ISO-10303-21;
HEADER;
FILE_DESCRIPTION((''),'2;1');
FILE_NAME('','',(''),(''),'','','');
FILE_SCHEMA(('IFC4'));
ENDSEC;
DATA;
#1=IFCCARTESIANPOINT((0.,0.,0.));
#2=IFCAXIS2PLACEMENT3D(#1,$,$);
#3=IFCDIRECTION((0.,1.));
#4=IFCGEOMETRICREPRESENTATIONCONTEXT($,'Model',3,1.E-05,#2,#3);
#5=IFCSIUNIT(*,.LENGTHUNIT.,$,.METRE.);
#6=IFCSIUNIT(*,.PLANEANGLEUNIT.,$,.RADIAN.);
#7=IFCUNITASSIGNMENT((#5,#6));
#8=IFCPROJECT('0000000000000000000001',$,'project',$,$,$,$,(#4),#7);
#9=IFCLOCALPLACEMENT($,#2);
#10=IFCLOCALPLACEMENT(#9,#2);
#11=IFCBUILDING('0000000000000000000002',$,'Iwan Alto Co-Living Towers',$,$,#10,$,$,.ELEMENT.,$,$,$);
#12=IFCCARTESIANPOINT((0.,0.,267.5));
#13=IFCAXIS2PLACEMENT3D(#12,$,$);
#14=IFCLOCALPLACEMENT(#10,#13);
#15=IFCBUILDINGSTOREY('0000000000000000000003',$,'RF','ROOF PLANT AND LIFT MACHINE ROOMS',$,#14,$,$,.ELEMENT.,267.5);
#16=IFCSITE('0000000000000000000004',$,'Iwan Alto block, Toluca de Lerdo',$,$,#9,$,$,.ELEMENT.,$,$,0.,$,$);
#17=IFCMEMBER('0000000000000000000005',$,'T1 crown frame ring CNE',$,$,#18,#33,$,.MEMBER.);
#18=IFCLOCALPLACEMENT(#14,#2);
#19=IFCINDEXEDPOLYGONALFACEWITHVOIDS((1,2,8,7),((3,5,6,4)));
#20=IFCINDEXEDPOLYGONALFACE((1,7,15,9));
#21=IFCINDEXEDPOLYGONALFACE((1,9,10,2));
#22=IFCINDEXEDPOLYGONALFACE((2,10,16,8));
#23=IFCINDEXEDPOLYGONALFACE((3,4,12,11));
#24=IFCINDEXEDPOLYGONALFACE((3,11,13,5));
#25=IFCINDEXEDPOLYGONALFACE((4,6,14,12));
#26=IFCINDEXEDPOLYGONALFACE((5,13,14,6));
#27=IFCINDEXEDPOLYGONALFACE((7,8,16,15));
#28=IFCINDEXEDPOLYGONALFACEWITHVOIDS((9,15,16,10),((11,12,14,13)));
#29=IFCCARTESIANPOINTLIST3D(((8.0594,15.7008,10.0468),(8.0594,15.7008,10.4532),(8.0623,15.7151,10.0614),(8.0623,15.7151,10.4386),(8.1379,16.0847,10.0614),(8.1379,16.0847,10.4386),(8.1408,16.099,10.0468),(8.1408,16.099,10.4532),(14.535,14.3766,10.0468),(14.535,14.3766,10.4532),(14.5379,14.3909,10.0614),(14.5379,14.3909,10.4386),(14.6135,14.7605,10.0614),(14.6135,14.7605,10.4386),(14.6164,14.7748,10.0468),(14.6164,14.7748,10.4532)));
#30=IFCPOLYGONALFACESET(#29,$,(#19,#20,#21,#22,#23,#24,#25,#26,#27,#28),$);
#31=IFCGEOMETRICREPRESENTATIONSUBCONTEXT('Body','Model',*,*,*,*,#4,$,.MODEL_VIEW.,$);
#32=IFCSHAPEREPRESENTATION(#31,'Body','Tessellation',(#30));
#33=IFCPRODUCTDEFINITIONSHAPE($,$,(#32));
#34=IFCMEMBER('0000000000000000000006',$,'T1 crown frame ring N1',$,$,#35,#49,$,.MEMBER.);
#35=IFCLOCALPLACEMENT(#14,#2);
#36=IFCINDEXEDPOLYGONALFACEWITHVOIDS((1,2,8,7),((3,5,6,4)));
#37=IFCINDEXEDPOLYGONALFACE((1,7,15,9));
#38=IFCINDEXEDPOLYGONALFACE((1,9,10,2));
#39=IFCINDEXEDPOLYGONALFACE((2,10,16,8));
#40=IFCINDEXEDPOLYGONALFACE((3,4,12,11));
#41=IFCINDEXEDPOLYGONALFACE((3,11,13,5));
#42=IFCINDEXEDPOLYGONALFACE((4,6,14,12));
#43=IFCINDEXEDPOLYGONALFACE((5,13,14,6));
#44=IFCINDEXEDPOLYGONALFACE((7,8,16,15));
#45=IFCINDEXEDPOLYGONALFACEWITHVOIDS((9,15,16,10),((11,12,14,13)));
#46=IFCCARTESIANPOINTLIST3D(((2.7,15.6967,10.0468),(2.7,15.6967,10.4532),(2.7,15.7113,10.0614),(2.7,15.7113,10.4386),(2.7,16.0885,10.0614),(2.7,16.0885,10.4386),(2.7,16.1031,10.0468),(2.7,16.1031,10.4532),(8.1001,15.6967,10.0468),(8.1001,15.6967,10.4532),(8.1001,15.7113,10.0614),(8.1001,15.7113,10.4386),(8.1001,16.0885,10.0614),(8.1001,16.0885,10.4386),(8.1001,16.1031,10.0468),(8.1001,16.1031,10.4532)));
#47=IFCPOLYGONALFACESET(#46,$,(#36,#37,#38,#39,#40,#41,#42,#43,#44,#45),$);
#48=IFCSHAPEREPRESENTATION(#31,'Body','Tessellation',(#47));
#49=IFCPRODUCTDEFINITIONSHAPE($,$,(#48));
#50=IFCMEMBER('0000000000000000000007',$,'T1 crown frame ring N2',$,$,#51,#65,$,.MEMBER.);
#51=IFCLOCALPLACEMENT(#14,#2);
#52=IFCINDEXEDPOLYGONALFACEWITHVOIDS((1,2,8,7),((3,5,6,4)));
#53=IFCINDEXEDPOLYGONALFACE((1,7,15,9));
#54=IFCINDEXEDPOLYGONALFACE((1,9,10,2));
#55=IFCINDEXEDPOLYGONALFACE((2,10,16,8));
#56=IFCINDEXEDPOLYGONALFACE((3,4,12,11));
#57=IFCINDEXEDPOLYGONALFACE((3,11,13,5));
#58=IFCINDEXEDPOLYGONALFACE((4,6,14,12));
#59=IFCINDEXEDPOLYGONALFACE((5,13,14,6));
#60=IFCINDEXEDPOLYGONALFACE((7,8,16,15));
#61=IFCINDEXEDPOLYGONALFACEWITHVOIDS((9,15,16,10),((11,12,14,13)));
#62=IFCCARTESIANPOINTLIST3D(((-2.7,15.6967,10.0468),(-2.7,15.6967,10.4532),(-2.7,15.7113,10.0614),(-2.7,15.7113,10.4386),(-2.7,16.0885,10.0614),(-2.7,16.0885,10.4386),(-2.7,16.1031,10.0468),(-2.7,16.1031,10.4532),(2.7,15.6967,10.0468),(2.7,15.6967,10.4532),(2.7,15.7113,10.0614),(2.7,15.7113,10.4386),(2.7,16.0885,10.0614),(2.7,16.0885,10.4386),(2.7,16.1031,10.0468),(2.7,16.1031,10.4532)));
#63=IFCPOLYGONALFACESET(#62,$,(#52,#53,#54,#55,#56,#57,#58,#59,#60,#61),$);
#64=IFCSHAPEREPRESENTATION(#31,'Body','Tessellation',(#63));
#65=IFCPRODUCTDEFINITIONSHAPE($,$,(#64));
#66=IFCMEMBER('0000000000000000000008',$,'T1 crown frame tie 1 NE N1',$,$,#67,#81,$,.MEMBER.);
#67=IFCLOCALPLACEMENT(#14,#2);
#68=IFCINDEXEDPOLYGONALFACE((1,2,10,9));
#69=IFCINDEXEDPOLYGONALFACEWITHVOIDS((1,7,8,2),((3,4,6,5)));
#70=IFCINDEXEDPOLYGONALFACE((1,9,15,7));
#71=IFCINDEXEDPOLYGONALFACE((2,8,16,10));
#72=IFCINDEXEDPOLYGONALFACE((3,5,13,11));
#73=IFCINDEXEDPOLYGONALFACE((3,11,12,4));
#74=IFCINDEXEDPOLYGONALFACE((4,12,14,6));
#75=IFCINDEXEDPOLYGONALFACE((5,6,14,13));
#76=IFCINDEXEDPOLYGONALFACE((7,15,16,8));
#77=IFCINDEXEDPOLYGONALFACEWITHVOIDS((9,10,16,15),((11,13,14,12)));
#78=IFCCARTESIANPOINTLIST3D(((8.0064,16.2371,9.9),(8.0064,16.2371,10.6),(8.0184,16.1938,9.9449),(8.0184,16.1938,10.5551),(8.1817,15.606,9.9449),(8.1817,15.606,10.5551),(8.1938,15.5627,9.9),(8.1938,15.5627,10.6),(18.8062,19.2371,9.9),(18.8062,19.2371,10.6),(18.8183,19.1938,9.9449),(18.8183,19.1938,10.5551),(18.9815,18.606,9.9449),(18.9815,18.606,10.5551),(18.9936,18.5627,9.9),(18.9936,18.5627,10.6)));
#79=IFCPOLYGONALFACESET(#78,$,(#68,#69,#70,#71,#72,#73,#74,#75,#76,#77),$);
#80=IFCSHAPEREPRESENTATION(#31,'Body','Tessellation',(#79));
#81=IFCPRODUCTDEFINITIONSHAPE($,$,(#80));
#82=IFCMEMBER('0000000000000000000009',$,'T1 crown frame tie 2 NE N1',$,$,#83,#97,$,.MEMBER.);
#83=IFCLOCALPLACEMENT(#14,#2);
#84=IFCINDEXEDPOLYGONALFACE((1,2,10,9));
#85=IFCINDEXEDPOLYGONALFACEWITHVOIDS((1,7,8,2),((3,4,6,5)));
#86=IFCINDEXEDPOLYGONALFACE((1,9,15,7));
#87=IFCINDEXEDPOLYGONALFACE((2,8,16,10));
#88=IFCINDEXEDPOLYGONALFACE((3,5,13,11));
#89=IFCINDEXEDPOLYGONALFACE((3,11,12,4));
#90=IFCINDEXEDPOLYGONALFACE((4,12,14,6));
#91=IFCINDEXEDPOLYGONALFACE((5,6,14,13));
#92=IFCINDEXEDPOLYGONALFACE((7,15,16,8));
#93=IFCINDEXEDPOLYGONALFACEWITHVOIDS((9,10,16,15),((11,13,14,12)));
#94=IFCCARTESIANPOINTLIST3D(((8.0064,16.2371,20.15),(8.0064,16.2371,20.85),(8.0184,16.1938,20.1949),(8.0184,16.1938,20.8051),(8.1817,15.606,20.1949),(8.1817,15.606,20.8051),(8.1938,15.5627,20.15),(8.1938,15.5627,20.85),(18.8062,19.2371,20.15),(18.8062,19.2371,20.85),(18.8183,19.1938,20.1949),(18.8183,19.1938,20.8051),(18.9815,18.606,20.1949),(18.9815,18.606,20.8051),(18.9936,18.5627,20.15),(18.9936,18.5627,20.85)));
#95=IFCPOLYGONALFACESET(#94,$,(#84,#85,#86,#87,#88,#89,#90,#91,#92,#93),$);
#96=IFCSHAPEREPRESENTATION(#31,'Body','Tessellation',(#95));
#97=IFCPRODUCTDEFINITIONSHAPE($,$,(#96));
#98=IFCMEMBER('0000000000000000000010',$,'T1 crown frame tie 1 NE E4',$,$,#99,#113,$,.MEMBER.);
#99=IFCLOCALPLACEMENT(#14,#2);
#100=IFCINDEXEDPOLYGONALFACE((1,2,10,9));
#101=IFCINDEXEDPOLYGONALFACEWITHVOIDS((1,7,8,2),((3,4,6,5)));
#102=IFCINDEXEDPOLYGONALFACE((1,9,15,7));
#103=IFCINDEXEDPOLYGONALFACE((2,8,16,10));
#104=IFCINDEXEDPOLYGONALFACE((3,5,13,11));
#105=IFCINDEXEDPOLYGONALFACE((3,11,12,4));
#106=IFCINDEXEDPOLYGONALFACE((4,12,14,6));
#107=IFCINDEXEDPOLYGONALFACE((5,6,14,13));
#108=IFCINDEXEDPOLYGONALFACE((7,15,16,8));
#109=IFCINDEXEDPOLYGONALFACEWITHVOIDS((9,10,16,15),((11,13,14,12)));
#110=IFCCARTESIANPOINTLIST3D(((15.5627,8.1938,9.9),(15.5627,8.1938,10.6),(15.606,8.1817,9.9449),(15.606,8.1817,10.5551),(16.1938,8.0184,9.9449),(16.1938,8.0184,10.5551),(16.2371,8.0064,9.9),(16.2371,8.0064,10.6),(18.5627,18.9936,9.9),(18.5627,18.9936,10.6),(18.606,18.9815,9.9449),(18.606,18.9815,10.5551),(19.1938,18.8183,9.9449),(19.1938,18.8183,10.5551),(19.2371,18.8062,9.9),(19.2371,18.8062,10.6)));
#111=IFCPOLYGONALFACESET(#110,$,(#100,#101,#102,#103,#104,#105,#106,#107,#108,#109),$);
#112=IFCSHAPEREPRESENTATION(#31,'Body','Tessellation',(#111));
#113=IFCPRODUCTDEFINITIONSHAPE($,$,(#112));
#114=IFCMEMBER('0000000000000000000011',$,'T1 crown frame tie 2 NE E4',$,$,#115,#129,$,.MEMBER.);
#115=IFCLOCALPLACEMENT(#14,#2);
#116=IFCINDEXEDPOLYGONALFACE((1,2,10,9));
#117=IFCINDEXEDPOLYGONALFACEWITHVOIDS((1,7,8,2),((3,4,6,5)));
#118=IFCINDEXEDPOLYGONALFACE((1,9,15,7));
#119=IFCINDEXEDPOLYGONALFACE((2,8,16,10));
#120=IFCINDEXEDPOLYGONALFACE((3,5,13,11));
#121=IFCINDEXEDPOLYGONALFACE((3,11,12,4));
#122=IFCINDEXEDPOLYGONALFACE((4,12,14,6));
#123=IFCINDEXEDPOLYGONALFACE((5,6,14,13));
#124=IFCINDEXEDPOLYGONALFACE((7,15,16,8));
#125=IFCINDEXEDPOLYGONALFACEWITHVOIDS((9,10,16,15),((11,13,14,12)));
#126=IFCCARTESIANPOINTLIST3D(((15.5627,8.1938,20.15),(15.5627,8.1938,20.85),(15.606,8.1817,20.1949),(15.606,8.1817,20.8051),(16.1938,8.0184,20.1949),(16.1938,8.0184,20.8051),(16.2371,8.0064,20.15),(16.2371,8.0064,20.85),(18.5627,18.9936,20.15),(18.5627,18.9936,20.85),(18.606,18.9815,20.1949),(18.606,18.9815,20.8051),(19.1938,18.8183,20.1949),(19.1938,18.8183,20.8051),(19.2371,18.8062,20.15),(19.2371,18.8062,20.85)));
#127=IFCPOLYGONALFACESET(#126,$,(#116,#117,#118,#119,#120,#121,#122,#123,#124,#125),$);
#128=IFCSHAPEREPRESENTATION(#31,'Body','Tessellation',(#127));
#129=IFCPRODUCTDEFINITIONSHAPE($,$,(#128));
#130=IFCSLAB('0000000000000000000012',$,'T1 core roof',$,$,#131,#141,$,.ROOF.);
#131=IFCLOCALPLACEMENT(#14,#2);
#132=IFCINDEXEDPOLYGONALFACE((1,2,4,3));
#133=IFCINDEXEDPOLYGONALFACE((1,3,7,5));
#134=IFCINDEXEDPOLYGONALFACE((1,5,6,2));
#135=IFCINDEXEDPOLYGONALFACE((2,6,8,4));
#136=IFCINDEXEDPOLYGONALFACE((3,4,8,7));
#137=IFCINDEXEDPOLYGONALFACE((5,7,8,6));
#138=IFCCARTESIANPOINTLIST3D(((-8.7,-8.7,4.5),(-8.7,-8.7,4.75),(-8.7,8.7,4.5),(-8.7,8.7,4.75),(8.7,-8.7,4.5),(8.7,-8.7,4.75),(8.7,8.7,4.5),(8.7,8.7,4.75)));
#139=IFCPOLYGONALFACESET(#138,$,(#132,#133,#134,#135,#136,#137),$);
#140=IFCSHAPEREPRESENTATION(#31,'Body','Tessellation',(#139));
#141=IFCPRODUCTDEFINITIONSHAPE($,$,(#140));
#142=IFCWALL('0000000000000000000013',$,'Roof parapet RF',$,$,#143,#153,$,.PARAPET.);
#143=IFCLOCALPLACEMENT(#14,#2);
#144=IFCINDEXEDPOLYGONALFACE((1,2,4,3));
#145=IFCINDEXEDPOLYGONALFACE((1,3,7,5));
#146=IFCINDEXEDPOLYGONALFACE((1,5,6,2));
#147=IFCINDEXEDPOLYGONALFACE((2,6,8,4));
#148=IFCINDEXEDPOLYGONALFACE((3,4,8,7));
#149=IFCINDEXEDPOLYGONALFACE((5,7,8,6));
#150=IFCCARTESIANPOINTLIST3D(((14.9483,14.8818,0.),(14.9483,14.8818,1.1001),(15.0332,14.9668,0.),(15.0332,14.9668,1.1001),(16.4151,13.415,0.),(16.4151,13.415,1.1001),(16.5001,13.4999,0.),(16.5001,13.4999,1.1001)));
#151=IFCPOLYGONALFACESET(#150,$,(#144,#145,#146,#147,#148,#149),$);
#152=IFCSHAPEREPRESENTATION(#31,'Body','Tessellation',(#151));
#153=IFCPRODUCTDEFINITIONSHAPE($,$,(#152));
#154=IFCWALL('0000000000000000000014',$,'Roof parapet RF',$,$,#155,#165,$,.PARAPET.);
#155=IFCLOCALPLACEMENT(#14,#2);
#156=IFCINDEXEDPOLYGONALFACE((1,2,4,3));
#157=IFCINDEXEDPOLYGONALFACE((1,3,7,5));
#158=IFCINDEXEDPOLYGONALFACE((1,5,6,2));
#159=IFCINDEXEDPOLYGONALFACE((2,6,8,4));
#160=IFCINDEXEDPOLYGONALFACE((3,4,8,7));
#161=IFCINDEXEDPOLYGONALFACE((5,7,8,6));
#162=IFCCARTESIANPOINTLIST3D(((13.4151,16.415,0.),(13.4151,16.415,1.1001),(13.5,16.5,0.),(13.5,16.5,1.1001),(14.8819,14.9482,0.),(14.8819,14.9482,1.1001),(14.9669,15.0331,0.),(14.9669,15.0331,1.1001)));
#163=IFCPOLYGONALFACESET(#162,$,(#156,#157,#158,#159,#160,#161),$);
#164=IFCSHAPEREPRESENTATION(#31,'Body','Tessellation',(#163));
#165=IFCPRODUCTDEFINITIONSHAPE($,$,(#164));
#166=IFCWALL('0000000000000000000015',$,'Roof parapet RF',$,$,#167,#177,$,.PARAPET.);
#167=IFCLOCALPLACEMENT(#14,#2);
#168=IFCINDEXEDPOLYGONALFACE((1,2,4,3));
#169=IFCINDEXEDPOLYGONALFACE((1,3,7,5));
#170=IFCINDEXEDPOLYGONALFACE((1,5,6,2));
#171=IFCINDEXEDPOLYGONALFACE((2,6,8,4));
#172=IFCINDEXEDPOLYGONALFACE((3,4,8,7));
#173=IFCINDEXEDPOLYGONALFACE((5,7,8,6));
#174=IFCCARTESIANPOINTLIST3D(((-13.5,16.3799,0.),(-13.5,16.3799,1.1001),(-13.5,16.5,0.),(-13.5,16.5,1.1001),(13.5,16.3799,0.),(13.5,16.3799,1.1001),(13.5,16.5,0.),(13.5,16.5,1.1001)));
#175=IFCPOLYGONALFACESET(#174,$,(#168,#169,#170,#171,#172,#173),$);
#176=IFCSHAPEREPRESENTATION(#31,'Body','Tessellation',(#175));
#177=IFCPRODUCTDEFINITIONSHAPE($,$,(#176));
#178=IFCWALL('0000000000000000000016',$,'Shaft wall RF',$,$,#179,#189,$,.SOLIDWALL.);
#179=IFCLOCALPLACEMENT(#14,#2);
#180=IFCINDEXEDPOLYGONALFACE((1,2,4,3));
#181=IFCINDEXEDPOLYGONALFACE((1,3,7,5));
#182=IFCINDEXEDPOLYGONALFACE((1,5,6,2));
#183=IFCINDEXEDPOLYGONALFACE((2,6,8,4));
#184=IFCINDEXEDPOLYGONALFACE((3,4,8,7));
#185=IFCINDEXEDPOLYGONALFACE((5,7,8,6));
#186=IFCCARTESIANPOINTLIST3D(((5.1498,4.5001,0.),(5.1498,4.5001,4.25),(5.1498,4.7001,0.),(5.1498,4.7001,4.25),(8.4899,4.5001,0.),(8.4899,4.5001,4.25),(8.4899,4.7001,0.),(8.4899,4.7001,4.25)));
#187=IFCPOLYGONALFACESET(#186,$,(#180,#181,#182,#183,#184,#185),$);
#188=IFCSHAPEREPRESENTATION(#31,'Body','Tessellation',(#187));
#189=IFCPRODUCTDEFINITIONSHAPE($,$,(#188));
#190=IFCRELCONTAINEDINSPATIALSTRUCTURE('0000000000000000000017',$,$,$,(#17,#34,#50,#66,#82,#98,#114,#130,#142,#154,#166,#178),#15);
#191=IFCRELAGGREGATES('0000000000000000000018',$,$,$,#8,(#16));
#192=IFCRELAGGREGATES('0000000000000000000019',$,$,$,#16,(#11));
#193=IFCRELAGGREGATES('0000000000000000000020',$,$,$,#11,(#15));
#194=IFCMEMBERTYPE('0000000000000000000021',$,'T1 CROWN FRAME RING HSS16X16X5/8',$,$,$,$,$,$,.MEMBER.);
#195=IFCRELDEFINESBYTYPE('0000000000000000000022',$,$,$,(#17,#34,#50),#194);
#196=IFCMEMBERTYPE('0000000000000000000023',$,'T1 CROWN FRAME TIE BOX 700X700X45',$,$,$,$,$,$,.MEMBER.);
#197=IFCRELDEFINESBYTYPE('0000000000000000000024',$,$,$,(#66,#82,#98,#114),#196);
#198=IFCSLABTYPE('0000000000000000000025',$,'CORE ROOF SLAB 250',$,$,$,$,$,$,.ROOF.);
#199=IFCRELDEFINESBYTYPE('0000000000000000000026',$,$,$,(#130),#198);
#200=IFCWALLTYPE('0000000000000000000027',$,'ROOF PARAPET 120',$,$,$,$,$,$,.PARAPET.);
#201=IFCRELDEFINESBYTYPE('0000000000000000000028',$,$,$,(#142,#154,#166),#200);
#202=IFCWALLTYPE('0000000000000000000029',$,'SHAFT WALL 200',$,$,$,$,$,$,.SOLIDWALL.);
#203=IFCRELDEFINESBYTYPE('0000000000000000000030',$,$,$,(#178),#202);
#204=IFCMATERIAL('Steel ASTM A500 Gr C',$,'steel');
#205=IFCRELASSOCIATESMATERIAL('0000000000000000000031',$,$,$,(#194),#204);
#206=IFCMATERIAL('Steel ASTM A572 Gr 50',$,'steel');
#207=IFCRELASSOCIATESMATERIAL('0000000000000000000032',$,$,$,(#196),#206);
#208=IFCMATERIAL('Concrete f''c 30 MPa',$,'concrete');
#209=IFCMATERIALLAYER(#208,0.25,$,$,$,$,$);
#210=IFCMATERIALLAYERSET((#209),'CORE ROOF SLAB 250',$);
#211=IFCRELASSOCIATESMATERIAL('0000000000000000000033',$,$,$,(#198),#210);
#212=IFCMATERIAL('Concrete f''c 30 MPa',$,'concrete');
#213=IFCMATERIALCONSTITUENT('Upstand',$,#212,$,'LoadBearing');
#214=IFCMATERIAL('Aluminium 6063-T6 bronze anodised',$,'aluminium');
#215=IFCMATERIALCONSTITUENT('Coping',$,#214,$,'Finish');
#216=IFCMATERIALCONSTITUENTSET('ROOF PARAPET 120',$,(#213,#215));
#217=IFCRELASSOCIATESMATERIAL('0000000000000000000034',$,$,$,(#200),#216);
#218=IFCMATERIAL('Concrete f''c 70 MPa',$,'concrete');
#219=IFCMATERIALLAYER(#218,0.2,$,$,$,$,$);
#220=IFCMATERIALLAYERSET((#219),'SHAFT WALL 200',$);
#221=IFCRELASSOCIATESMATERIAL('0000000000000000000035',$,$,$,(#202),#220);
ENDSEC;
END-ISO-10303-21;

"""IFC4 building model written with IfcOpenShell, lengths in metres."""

from ifc_helpers import new_model, si_unit, direction, frame, frame_2d, origin, origin_2d, place, context, subcontext, project, spatial, polyline, rectangle, hollow_rectangle, outline, extrude, material, layer, layer_set, constituent, constituent_set, material_profile, profile_set, type_object, element, save


model = new_model("IFC4")

# Units and contexts
model_context = context("Model", 3, precision=1e-05, world=origin(), true_north=direction((0.0, 1.0)))
body_context = subcontext(model_context, "Body", "Model", "MODEL_VIEW")
ifc_project = project(units=[si_unit("LENGTHUNIT", "METRE"), si_unit("PLANEANGLEUNIT", "RADIAN")], contexts=[model_context])

# Site, building, storey
site_placement = place(None, origin())
site = spatial("IfcSite", under=ifc_project, at=site_placement, Name="Iwan Alto block, Toluca de Lerdo", CompositionType="ELEMENT", RefElevation=0.0)
building_placement = place(site_placement, origin())
building = spatial("IfcBuilding", under=site, at=building_placement, Name="Iwan Alto Co-Living Towers", CompositionType="ELEMENT")
storey_placement = place(building_placement, frame((0.0, 0.0, 267.5)))
storey = spatial("IfcBuildingStorey", under=building, at=storey_placement, Name="RF", Description="ROOF PLANT AND LIFT MACHINE ROOMS", CompositionType="ELEMENT", Elevation=267.5)

# Members
ifc_material_1 = material(Name="Steel ASTM A500 Gr C", Category="steel")
ifc_material_profile_1 = material_profile(ifc_material_1, hollow_rectangle(XDim=0.4065, YDim=0.4065, WallThickness=0.0146, at=origin_2d()), Name="HSS16X16X5/8")
ifc_profile_set_1 = profile_set([ifc_material_profile_1], Name="Steel ASTM A500 Gr C")
member_type_1 = type_object("IfcMemberType", Name="T1 CROWN FRAME RING HSS16X16X5/8", PredefinedType="MEMBER", material=ifc_profile_set_1)
for number, where, z_axis, x_axis, name in (
    (1, (14.5757, 14.5757, 10.25), (-0.979725, 0.200348, 0.0), (-0.200348, -0.979725, 0.0), "T1 crown frame ring CNE"),
):
    element("IfcMember", number, at=place(storey_placement, frame(where, z_axis=z_axis, x_axis=x_axis)), inside=storey, type_object=member_type_1, Name=name, PredefinedType="MEMBER", context=body_context, shape_type="SweptSolid", body=[
        extrude(hollow_rectangle(XDim=0.4065, YDim=0.4065, WallThickness=0.0146, at=origin_2d()), origin(), (0.0, 0.0, 1.0), 6.6096),
    ])
member_1_placement = place(storey_placement, frame((8.1001, 15.8999, 10.25), z_axis=(-1.0, 0.0, 0.0), x_axis=(0.0, -1.0, 0.0)))
element("IfcMember", 2, at=member_1_placement, inside=storey, type_object=member_type_1, Name="T1 crown frame ring N1", PredefinedType="MEMBER", context=body_context, shape_type="SweptSolid", body=[
    extrude(hollow_rectangle(XDim=0.4065, YDim=0.4065, WallThickness=0.0146, at=origin_2d()), origin(), (0.0, 0.0, 1.0), 5.4001),
])
member_2_placement = place(storey_placement, frame((2.7, 15.8999, 10.25), z_axis=(-1.0, 0.0, 0.0), x_axis=(0.0, -1.0, 0.0)))
element("IfcMember", 3, at=member_2_placement, inside=storey, type_object=member_type_1, Name="T1 crown frame ring N2", PredefinedType="MEMBER", context=body_context, shape_type="SweptSolid", body=[
    extrude(hollow_rectangle(XDim=0.4065, YDim=0.4065, WallThickness=0.0146, at=origin_2d()), origin(), (0.0, 0.0, 1.0), 5.3999),
])
ifc_material_2 = material(Name="Steel ASTM A572 Gr 50", Category="steel")
ifc_material_profile_2 = material_profile(ifc_material_2, hollow_rectangle(XDim=0.7, YDim=0.7, WallThickness=0.0449, at=origin_2d()), Name="BOX 700X700X45")
ifc_profile_set_2 = profile_set([ifc_material_profile_2], Name="Steel ASTM A572 Gr 50")
member_type_2 = type_object("IfcMemberType", Name="T1 CROWN FRAME TIE BOX 700X700X45", PredefinedType="MEMBER", material=ifc_profile_set_2)
for number, where, z_axis, x_axis, name in (
    (4, (18.8999, 18.8999, 10.25), (-0.963517, -0.267648, 0.0), (0.267648, -0.963517, 0.0), "T1 crown frame tie 1 NE N1"),
    (5, (18.8999, 18.8999, 20.5), (-0.963517, -0.267648, 0.0), (0.267648, -0.963517, 0.0), "T1 crown frame tie 2 NE N1"),
    (6, (18.8999, 18.8999, 10.25), (-0.267648, -0.963517, 0.0), (0.963517, -0.267648, 0.0), "T1 crown frame tie 1 NE E4"),
    (7, (18.8999, 18.8999, 20.5), (-0.267648, -0.963517, 0.0), (0.963517, -0.267648, 0.0), "T1 crown frame tie 2 NE E4"),
):
    element("IfcMember", number, at=place(storey_placement, frame(where, z_axis=z_axis, x_axis=x_axis)), inside=storey, type_object=member_type_2, Name=name, PredefinedType="MEMBER", context=body_context, shape_type="SweptSolid", body=[
        extrude(hollow_rectangle(XDim=0.7, YDim=0.7, WallThickness=0.0449, at=origin_2d()), origin(), (0.0, 0.0, 1.0), 11.2087),
    ])

# Slab
ifc_material_3 = material(Name="Concrete f'c 30 MPa", Category="concrete")
ifc_layer_1 = layer(ifc_material_3, 0.25)
ifc_layer_set_1 = layer_set([ifc_layer_1], Name="CORE ROOF SLAB 250")
slab_type = type_object("IfcSlabType", Name="CORE ROOF SLAB 250", PredefinedType="ROOF", material=ifc_layer_set_1)
slab_placement = place(storey_placement, frame((0.0, 0.0, 4.5)))
element("IfcSlab", 8, at=slab_placement, inside=storey, type_object=slab_type, Name="T1 core roof", PredefinedType="ROOF", context=body_context, shape_type="SweptSolid", body=[
    extrude(outline(polyline([(-8.7, -8.7), (8.7, -8.7), (8.7, 8.7), (-8.7, 8.7), (-8.7, -8.7)])), origin(), (0.0, 0.0, 1.0), 0.25),
])

# Walls
ifc_material_4 = material(Name="Concrete f'c 30 MPa", Category="concrete")
ifc_constituent_1 = constituent(ifc_material_4, Name="Upstand", Category="LoadBearing")
ifc_material_5 = material(Name="Aluminium 6063-T6 bronze anodised", Category="aluminium")
ifc_constituent_2 = constituent(ifc_material_5, Name="Coping", Category="Finish")
ifc_constituent_set = constituent_set(constituents=[ifc_constituent_1, ifc_constituent_2], Name="ROOF PARAPET 120")
wall_type_1 = type_object("IfcWallType", Name="ROOF PARAPET 120", PredefinedType="PARAPET", material=ifc_constituent_set)
for number, where, z_axis, x_axis, name in (
    (9, (16.4575, 13.4575, 0.0), (0.0, 0.0, 1.0), (-0.707107, 0.707107, 0.0), "Roof parapet RF"),
    (10, (14.9243, 14.9907, 0.0), (0.0, 0.0, 1.0), (-0.707107, 0.707107, 0.0), "Roof parapet RF"),
):
    element("IfcWall", number, at=place(storey_placement, frame(where, z_axis=z_axis, x_axis=x_axis)), inside=storey, type_object=wall_type_1, Name=name, PredefinedType="PARAPET", context=body_context, shape_type="SweptSolid", body=[
        extrude(rectangle(XDim=2.0745, YDim=0.1201, at=frame_2d((1.0371, 0.0))), origin(), (0.0, 0.0, 1.0), 1.1001),
    ])
wall_1_placement = place(storey_placement, frame((13.5, 16.4399, 0.0), z_axis=(0.0, 0.0, 1.0), x_axis=(-1.0, 0.0, 0.0)))
element("IfcWall", 11, at=wall_1_placement, inside=storey, type_object=wall_type_1, Name="Roof parapet RF", PredefinedType="PARAPET", context=body_context, shape_type="SweptSolid", body=[
    extrude(rectangle(XDim=27.0, YDim=0.1201, at=frame_2d((13.5, 0.0))), origin(), (0.0, 0.0, 1.0), 1.1001),
])
ifc_material_6 = material(Name="Concrete f'c 70 MPa", Category="concrete")
ifc_layer_2 = layer(ifc_material_6, 0.2)
ifc_layer_set_2 = layer_set([ifc_layer_2], Name="SHAFT WALL 200")
wall_type_2 = type_object("IfcWallType", Name="SHAFT WALL 200", PredefinedType="SOLIDWALL", material=ifc_layer_set_2)
wall_2_placement = place(storey_placement, frame((5.1499, 4.6001, 0.0), z_axis=(0.0, 0.0, 1.0), x_axis=(1.0, 0.0, 0.0)))
element("IfcWall", 12, at=wall_2_placement, inside=storey, type_object=wall_type_2, Name="Shaft wall RF", PredefinedType="SOLIDWALL", context=body_context, shape_type="SweptSolid", body=[
    extrude(rectangle(XDim=3.3401, YDim=0.2, at=frame_2d((1.6699, 0.0))), origin(), (0.0, 0.0, 1.0), 4.25),
])

save(model, "model.ifc")
